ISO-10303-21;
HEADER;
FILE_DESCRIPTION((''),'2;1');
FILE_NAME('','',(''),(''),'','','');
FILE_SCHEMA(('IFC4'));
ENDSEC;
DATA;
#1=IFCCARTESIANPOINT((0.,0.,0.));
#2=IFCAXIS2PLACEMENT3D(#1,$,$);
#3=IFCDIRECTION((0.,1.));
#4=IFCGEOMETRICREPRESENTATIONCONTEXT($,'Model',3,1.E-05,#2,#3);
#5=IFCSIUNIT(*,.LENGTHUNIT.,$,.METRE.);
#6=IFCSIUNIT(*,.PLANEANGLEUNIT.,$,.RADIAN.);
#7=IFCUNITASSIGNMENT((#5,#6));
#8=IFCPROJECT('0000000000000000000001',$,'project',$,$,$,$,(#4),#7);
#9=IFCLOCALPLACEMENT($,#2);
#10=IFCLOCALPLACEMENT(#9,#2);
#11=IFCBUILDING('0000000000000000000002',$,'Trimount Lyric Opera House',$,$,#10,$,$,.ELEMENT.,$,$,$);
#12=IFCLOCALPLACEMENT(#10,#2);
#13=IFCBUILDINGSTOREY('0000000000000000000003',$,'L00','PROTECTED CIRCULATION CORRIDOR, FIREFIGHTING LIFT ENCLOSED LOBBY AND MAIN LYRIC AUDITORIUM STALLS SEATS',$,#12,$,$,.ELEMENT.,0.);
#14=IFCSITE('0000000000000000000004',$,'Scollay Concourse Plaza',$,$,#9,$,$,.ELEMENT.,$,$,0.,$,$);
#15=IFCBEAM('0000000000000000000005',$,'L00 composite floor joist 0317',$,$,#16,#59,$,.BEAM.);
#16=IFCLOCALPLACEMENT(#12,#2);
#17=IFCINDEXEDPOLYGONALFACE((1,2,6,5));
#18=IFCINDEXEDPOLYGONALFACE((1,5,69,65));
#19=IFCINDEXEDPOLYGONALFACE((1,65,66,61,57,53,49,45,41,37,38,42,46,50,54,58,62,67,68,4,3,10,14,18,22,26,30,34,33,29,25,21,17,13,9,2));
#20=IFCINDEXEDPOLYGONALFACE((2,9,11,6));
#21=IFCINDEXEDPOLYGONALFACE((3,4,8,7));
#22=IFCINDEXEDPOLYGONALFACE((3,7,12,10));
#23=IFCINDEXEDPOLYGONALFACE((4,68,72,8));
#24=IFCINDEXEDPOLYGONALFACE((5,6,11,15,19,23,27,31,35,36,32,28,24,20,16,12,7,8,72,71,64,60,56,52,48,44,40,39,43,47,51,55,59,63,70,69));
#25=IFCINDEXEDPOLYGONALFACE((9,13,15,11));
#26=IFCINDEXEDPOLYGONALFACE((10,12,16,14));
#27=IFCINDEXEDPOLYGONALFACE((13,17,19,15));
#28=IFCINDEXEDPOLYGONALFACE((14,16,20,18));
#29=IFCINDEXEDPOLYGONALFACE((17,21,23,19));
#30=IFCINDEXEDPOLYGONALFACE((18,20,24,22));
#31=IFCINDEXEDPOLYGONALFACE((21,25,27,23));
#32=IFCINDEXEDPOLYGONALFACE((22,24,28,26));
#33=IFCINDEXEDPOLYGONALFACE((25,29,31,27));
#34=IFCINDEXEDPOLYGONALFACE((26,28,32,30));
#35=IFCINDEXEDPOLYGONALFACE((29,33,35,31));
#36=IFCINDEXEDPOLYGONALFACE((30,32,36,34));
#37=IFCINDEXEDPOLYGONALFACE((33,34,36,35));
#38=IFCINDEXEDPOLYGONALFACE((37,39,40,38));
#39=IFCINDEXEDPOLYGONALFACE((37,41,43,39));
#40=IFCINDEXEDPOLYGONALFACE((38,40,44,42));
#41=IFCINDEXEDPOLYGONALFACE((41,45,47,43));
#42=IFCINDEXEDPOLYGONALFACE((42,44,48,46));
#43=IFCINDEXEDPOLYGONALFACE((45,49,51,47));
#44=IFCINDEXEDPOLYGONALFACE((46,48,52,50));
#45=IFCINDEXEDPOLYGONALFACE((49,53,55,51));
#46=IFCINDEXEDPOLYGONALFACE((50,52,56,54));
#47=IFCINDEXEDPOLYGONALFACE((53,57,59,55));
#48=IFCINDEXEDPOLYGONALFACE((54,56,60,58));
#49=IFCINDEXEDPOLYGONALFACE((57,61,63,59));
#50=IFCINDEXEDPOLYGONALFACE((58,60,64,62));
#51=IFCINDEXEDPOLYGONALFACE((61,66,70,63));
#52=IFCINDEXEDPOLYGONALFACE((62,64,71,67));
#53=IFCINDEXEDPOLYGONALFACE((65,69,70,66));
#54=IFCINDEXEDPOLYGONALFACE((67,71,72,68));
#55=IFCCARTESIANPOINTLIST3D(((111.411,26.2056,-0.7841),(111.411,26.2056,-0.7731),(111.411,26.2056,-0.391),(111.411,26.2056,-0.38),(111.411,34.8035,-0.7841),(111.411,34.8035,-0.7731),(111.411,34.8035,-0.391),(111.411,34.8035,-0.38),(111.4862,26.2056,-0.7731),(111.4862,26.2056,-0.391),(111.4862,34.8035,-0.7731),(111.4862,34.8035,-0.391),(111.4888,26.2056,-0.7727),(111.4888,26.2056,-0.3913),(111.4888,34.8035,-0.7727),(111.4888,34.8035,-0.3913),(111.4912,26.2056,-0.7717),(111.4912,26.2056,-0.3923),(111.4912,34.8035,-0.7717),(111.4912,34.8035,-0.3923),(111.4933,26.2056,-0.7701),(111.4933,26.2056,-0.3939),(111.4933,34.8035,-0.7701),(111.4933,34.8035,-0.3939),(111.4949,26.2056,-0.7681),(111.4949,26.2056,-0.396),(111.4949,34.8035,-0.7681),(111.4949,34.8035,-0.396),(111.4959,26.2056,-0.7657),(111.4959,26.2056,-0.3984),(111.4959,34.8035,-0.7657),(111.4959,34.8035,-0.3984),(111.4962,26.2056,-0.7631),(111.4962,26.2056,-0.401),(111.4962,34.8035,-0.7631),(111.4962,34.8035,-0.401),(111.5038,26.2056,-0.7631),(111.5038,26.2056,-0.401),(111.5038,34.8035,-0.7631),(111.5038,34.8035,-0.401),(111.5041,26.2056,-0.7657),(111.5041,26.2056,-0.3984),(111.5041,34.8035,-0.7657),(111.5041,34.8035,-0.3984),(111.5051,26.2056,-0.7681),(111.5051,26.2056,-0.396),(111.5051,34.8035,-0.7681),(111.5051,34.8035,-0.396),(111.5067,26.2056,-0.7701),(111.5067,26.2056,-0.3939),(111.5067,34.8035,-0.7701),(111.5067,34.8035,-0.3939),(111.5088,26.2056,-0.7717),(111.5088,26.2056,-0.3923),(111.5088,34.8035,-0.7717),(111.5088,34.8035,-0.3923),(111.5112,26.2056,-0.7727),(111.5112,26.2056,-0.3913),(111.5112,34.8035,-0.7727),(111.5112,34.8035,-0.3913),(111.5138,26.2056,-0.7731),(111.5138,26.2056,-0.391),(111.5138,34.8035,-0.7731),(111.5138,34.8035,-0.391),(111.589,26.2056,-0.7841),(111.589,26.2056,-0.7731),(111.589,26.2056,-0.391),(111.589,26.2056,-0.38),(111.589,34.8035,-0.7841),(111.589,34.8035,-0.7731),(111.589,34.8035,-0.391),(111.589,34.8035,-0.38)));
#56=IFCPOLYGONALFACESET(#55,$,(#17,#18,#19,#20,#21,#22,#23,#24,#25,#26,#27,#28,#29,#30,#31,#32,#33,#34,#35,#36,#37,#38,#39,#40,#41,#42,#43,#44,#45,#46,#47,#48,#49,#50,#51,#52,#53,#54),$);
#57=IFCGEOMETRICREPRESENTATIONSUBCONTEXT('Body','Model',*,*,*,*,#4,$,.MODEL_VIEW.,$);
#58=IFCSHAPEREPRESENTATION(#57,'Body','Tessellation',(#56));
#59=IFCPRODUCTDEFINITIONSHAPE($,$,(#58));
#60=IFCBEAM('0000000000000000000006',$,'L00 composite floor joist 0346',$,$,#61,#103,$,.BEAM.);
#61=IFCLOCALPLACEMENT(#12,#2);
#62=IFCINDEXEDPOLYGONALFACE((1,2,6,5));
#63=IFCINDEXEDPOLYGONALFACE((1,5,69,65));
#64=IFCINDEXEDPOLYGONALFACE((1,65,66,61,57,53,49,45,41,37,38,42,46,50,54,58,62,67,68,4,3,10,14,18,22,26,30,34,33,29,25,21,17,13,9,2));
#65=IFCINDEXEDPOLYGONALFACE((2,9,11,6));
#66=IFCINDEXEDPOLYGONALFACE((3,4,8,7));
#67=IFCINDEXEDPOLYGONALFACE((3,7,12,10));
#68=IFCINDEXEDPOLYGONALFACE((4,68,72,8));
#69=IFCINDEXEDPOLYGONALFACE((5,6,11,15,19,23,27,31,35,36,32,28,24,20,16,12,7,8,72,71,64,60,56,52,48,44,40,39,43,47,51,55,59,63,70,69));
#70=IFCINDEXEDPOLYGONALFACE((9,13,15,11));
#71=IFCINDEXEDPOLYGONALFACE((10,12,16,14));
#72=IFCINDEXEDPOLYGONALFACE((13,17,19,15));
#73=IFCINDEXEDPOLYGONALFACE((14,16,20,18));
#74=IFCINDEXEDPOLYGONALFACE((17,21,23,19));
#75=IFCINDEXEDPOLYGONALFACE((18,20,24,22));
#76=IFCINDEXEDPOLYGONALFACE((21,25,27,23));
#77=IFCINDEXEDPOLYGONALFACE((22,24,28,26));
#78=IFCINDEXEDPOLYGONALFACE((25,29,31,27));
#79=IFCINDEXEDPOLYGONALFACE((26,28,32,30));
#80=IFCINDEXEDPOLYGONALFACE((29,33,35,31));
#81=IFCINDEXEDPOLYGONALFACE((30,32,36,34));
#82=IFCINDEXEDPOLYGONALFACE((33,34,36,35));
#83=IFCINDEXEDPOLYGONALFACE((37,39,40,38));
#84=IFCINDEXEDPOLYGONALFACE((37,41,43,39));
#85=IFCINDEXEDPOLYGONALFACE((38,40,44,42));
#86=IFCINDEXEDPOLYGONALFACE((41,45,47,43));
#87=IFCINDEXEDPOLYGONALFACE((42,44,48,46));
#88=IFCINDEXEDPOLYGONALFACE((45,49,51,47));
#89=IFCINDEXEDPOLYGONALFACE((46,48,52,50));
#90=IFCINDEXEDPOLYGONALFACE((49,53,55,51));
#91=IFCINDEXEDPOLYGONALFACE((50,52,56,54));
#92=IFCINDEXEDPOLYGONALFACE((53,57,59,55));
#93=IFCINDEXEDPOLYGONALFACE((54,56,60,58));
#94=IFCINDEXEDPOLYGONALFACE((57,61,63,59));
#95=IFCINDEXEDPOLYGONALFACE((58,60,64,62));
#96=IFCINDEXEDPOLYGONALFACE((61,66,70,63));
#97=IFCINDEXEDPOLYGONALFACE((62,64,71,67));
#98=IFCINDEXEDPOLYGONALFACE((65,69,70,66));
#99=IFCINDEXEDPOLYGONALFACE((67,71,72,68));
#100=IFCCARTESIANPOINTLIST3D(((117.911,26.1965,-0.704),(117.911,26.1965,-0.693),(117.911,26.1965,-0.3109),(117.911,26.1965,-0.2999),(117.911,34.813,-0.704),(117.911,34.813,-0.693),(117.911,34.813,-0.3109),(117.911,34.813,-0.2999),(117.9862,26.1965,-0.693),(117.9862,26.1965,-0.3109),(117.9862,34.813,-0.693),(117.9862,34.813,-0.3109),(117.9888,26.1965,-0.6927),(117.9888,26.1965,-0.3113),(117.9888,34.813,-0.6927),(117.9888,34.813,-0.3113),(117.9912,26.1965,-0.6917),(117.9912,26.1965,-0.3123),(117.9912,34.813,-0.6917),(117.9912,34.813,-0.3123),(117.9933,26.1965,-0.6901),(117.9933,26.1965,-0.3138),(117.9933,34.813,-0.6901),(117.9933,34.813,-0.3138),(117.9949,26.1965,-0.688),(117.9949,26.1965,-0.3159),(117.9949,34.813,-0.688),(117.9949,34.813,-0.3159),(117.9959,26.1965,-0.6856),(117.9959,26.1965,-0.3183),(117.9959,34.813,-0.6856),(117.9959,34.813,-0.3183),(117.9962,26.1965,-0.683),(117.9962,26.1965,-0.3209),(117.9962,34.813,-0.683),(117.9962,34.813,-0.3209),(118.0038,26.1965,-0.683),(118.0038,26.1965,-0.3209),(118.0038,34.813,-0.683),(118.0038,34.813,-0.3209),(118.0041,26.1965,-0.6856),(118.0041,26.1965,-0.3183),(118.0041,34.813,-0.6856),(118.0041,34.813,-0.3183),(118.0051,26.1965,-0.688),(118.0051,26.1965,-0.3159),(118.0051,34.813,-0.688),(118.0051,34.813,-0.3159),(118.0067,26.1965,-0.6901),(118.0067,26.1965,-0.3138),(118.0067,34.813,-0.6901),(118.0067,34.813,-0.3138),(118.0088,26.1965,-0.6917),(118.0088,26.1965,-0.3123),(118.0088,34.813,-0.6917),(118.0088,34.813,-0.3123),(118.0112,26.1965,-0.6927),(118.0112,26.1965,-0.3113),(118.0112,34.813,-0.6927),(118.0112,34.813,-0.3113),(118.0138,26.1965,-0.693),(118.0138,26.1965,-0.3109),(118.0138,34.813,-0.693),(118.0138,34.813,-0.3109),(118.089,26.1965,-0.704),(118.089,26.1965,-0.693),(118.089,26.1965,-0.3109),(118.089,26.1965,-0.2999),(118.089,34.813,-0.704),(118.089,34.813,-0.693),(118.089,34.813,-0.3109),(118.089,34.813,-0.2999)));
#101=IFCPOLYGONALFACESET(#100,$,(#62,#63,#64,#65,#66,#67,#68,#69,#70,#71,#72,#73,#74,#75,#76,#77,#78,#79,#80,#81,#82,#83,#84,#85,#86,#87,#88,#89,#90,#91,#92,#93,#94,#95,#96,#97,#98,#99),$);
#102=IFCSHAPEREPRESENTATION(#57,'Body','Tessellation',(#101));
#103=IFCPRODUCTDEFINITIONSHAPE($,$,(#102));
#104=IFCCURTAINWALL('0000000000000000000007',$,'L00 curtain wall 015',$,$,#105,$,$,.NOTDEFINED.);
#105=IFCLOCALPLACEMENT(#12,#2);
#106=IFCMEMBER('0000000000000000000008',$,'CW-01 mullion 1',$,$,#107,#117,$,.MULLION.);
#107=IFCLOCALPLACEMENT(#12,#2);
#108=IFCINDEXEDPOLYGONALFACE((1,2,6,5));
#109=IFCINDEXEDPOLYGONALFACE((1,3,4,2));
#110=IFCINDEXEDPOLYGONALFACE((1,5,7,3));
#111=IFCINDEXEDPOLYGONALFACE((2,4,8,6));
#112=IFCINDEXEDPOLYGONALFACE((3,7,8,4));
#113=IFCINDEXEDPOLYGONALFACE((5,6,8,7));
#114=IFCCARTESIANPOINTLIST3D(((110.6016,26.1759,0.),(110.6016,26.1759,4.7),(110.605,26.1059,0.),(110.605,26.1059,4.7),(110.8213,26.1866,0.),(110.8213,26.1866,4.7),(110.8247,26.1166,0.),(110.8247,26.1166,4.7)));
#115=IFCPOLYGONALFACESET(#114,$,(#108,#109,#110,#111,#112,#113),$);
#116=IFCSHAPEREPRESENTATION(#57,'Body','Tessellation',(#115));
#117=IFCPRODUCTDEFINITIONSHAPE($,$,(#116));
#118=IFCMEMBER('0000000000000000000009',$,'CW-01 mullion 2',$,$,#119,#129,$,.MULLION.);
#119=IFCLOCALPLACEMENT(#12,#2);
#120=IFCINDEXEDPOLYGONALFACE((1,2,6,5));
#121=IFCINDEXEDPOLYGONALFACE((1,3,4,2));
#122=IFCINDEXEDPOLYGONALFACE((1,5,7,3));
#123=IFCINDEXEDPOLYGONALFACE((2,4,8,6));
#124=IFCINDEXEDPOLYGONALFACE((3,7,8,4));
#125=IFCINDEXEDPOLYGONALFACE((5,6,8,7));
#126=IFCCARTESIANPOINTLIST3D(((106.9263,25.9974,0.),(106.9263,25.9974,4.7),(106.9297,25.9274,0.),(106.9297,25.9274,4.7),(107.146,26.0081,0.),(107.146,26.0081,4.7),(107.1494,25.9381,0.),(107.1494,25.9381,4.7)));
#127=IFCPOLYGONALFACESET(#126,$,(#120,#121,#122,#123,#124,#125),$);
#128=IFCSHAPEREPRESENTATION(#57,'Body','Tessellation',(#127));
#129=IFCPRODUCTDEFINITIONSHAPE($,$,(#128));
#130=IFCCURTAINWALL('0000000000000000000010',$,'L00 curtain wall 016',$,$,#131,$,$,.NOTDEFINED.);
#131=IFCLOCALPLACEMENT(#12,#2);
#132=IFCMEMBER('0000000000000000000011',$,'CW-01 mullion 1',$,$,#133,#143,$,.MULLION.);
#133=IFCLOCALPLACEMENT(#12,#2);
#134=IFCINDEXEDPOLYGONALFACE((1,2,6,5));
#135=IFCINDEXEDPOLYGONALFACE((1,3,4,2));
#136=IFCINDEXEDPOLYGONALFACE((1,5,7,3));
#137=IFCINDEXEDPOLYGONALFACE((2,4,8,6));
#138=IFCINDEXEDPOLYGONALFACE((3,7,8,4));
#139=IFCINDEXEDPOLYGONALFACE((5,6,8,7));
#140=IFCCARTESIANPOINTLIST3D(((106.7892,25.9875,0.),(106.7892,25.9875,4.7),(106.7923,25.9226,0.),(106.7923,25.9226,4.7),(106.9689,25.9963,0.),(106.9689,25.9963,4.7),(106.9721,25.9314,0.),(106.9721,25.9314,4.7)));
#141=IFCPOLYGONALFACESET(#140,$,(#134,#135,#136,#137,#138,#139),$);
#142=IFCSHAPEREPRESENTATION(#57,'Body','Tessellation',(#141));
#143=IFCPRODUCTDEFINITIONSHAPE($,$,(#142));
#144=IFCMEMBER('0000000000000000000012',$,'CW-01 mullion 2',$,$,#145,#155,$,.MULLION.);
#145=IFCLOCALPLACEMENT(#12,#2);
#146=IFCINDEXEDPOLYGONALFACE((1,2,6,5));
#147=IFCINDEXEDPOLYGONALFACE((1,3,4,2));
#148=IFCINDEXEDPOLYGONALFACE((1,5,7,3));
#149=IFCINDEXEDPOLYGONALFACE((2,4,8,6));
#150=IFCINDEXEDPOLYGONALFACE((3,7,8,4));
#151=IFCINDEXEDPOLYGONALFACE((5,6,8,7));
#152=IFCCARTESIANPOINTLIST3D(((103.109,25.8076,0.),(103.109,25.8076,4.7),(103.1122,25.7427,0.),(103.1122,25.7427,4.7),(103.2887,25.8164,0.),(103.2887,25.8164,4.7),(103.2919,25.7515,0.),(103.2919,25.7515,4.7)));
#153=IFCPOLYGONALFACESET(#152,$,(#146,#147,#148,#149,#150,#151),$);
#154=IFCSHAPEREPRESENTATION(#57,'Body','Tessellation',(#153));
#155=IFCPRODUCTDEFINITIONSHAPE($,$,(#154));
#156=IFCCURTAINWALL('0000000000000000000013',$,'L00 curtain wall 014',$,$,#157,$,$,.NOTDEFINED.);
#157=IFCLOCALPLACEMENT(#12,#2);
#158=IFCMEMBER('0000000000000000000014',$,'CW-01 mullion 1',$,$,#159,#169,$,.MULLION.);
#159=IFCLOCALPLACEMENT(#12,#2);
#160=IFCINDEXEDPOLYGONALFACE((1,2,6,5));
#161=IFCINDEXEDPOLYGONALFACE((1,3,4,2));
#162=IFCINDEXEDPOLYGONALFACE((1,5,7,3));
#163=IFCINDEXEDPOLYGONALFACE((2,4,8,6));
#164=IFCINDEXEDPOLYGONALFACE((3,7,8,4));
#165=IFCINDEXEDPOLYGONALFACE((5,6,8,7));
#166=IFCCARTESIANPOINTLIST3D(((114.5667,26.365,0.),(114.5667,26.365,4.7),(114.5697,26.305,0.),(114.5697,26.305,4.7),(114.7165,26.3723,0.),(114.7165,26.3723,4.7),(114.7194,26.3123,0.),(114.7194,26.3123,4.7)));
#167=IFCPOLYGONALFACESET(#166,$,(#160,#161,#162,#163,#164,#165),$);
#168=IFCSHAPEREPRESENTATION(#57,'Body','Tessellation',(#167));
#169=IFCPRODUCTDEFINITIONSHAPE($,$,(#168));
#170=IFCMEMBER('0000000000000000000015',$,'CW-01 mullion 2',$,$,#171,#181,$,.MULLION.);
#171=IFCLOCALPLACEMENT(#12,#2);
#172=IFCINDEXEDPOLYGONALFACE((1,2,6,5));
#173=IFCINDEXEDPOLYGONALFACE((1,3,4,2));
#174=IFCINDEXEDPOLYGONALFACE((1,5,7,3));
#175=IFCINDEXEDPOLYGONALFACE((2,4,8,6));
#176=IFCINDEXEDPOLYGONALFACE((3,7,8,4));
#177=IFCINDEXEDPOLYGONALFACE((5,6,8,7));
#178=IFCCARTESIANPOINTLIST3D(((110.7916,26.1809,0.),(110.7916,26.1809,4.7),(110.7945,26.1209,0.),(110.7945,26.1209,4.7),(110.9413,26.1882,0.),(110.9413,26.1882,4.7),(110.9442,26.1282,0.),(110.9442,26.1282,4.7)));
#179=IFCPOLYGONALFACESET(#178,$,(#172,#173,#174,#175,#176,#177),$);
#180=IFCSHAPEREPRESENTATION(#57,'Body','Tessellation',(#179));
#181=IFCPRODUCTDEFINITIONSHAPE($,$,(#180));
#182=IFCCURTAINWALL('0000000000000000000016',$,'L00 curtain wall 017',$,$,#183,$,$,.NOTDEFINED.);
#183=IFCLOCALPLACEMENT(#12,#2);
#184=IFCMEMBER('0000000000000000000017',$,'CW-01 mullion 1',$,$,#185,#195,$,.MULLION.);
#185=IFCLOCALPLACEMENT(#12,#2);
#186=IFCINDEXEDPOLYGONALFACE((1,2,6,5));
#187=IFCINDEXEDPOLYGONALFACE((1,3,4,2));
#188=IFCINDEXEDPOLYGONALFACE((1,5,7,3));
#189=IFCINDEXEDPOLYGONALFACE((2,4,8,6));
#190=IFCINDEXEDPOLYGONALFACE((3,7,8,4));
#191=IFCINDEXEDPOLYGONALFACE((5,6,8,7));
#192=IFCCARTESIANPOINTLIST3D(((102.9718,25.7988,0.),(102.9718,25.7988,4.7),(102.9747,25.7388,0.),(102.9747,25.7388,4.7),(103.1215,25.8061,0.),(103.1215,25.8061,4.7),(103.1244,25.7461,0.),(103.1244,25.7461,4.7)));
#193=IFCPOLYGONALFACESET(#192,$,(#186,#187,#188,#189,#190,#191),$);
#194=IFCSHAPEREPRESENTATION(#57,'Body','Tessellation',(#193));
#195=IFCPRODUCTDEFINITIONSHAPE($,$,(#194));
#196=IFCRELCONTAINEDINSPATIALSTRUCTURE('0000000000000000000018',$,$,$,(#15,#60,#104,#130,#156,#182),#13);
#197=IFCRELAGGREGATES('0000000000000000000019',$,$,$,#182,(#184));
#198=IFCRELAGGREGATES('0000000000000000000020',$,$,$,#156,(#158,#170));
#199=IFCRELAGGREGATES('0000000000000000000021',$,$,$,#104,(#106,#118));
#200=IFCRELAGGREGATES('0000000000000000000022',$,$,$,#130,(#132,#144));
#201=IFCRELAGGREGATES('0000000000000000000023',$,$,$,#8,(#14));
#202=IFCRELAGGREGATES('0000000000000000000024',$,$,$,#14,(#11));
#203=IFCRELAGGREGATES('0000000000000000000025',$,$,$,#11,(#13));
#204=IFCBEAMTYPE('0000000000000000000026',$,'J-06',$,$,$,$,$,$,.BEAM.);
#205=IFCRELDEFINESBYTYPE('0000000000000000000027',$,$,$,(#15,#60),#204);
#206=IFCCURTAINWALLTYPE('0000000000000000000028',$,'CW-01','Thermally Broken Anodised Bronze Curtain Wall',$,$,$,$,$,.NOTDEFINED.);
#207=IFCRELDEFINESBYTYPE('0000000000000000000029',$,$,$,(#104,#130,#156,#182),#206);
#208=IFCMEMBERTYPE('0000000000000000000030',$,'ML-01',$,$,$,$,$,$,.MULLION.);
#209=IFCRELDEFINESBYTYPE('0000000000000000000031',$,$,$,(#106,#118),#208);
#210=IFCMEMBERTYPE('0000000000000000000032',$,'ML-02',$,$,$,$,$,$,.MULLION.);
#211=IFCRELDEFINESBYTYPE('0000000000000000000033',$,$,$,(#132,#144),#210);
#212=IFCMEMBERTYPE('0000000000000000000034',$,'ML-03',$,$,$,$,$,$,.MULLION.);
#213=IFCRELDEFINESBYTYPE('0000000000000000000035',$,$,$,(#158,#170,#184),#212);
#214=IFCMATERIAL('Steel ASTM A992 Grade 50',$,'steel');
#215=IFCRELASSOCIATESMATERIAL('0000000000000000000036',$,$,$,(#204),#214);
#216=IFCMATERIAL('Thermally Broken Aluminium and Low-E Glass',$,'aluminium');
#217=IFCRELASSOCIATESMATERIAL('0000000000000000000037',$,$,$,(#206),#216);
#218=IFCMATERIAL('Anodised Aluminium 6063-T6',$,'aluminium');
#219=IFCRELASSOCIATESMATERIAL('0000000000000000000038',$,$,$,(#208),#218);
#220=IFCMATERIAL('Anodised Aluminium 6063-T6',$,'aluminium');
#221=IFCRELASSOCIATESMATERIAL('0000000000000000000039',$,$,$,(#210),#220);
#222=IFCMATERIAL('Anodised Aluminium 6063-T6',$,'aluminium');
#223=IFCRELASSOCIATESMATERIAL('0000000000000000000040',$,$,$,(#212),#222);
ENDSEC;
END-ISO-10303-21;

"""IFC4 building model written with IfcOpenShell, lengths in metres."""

from ifc_helpers import new_model, si_unit, direction, frame, origin, origin_2d, place, context, subcontext, project, spatial, rectangle, i_section, extrude, material, material_profile, profile_set, type_object, element, aggregate, save


model = new_model("IFC4")

# Units and contexts
model_context = context("Model", 3, precision=1e-05, world=origin(), true_north=direction((0.0, 1.0)))
body_context = subcontext(model_context, "Body", "Model", "MODEL_VIEW")
ifc_project = project(units=[si_unit("LENGTHUNIT", "METRE"), si_unit("PLANEANGLEUNIT", "RADIAN")], contexts=[model_context])

# Site, building, storey
site_placement = place(None, origin())
site = spatial("IfcSite", under=ifc_project, at=site_placement, Name="Scollay Concourse Plaza", CompositionType="ELEMENT", RefElevation=0.0)
building_placement = place(site_placement, origin())
building = spatial("IfcBuilding", under=site, at=building_placement, Name="Trimount Lyric Opera House", CompositionType="ELEMENT")
storey_placement = place(building_placement, origin())
storey = spatial("IfcBuildingStorey", under=building, at=storey_placement, Name="L00", Description="PROTECTED CIRCULATION CORRIDOR, FIREFIGHTING LIFT ENCLOSED LOBBY AND MAIN LYRIC AUDITORIUM STALLS SEATS", CompositionType="ELEMENT", Elevation=0.0)

# Beams
ifc_material_1 = material(Name="Steel ASTM A992 Grade 50", Category="steel")
ifc_material_profile_1 = material_profile(ifc_material_1, i_section(OverallWidth=0.178, OverallDepth=0.4041, WebThickness=0.0076, FlangeThickness=0.011, FilletRadius=0.01, at=origin_2d()), Name="W16X36")
ifc_profile_set_1 = profile_set([ifc_material_profile_1], Name="Steel ASTM A992 Grade 50")
beam_type_1 = type_object("IfcBeamType", Name="J-06", PredefinedType="BEAM", material=ifc_profile_set_1)
beam_1_placement = place(storey_placement, frame((111.5, 26.2056, -0.582), z_axis=(0.0, 1.0, 0.0), x_axis=(-1.0, 0.0, 0.0)))
element("IfcBeam", 1, at=beam_1_placement, inside=storey, type_object=beam_type_1, Name="L00 composite floor joist 0317", PredefinedType="BEAM", context=body_context, shape_type="SweptSolid", body=[
    extrude(i_section(OverallWidth=0.178, OverallDepth=0.4041, WebThickness=0.0076, FlangeThickness=0.011, FilletRadius=0.01, at=origin_2d()), origin(), (0.0, 0.0, 1.0), 8.5979),
])
beam_2_placement = place(storey_placement, frame((118.0, 26.1965, -0.502), z_axis=(0.0, 1.0, 0.0), x_axis=(-1.0, 0.0, 0.0)))
element("IfcBeam", 2, at=beam_2_placement, inside=storey, type_object=beam_type_1, Name="L00 composite floor joist 0346", PredefinedType="BEAM", context=body_context, shape_type="SweptSolid", body=[
    extrude(i_section(OverallWidth=0.178, OverallDepth=0.4041, WebThickness=0.0076, FlangeThickness=0.011, FilletRadius=0.01, at=origin_2d()), origin(), (0.0, 0.0, 1.0), 8.6165),
])

# Curtain walls, members
ifc_material_2 = material(Name="Thermally Broken Aluminium and Low-E Glass", Category="aluminium")
curtain_wall_type = type_object("IfcCurtainWallType", Name="CW-01", Description="Thermally Broken Anodised Bronze Curtain Wall", PredefinedType="NOTDEFINED", material=ifc_material_2)
curtain_wall_1_placement = place(storey_placement, origin())
curtain_wall_1 = element("IfcCurtainWall", 3, at=curtain_wall_1_placement, inside=storey, type_object=curtain_wall_type, Name="L00 curtain wall 015", PredefinedType="NOTDEFINED")
ifc_material_3 = material(Name="Anodised Aluminium 6063-T6", Category="aluminium")
ifc_material_profile_2 = material_profile(ifc_material_3, rectangle(XDim=0.0701, YDim=0.22, at=origin_2d()), Name="ALU-MULL-70X220")
ifc_profile_set_2 = profile_set([ifc_material_profile_2], Name="Anodised Aluminium 6063-T6")
member_type_1 = type_object("IfcMemberType", Name="ML-01", PredefinedType="MULLION", material=ifc_profile_set_2)
member_1_placement = place(storey_placement, frame((110.7131, 26.1462, 0.0), z_axis=(0.0, 0.0, 1.0), x_axis=(0.048541, -0.998821, 0.0)))
member_1 = element("IfcMember", 4, at=member_1_placement, type_object=member_type_1, Name="CW-01 mullion 1", PredefinedType="MULLION", context=body_context, shape_type="SweptSolid", body=[
    extrude(rectangle(XDim=0.0701, YDim=0.22, at=origin_2d()), origin(), (0.0, 0.0, 1.0), 4.7),
])
member_2_placement = place(storey_placement, frame((107.0378, 25.9678, 0.0), z_axis=(0.0, 0.0, 1.0), x_axis=(0.048541, -0.998821, 0.0)))
member_2 = element("IfcMember", 5, at=member_2_placement, type_object=member_type_1, Name="CW-01 mullion 2", PredefinedType="MULLION", context=body_context, shape_type="SweptSolid", body=[
    extrude(rectangle(XDim=0.0701, YDim=0.22, at=origin_2d()), origin(), (0.0, 0.0, 1.0), 4.7),
])
curtain_wall_2_placement = place(storey_placement, origin())
curtain_wall_2 = element("IfcCurtainWall", 6, at=curtain_wall_2_placement, inside=storey, type_object=curtain_wall_type, Name="L00 curtain wall 016", PredefinedType="NOTDEFINED")
ifc_material_4 = material(Name="Anodised Aluminium 6063-T6", Category="aluminium")
ifc_material_profile_3 = material_profile(ifc_material_4, rectangle(XDim=0.0649, YDim=0.1799, at=origin_2d()), Name="ALU-MULL-65X180")
ifc_profile_set_3 = profile_set([ifc_material_profile_3], Name="Anodised Aluminium 6063-T6")
member_type_2 = type_object("IfcMemberType", Name="ML-02", PredefinedType="MULLION", material=ifc_profile_set_3)
member_3_placement = place(storey_placement, frame((106.8806, 25.9595, 0.0), z_axis=(0.0, 0.0, 1.0), x_axis=(0.048807, -0.998808, 0.0)))
member_3 = element("IfcMember", 7, at=member_3_placement, type_object=member_type_2, Name="CW-01 mullion 1", PredefinedType="MULLION", context=body_context, shape_type="SweptSolid", body=[
    extrude(rectangle(XDim=0.0649, YDim=0.1799, at=origin_2d()), origin(), (0.0, 0.0, 1.0), 4.7),
])
member_4_placement = place(storey_placement, frame((103.2004, 25.7795, 0.0), z_axis=(0.0, 0.0, 1.0), x_axis=(0.048807, -0.998808, 0.0)))
member_4 = element("IfcMember", 8, at=member_4_placement, type_object=member_type_2, Name="CW-01 mullion 2", PredefinedType="MULLION", context=body_context, shape_type="SweptSolid", body=[
    extrude(rectangle(XDim=0.0649, YDim=0.1799, at=origin_2d()), origin(), (0.0, 0.0, 1.0), 4.7),
])
curtain_wall_3_placement = place(storey_placement, origin())
curtain_wall_3 = element("IfcCurtainWall", 9, at=curtain_wall_3_placement, inside=storey, type_object=curtain_wall_type, Name="L00 curtain wall 014", PredefinedType="NOTDEFINED")
ifc_material_5 = material(Name="Anodised Aluminium 6063-T6", Category="aluminium")
ifc_material_profile_4 = material_profile(ifc_material_5, rectangle(XDim=0.0601, YDim=0.1499, at=origin_2d()), Name="ALU-MULL-60X150")
ifc_profile_set_4 = profile_set([ifc_material_profile_4], Name="Anodised Aluminium 6063-T6")
member_type_3 = type_object("IfcMemberType", Name="ML-03", PredefinedType="MULLION", material=ifc_profile_set_4)
member_5_placement = place(storey_placement, frame((114.6431, 26.3386, 0.0), z_axis=(0.0, 0.0, 1.0), x_axis=(0.048704, -0.998813, 0.0)))
member_5 = element("IfcMember", 10, at=member_5_placement, type_object=member_type_3, Name="CW-01 mullion 1", PredefinedType="MULLION", context=body_context, shape_type="SweptSolid", body=[
    extrude(rectangle(XDim=0.0601, YDim=0.1499, at=origin_2d()), origin(), (0.0, 0.0, 1.0), 4.7),
])
member_6_placement = place(storey_placement, frame((110.8679, 26.1545, 0.0), z_axis=(0.0, 0.0, 1.0), x_axis=(0.048704, -0.998813, 0.0)))
member_6 = element("IfcMember", 11, at=member_6_placement, type_object=member_type_3, Name="CW-01 mullion 2", PredefinedType="MULLION", context=body_context, shape_type="SweptSolid", body=[
    extrude(rectangle(XDim=0.0601, YDim=0.1499, at=origin_2d()), origin(), (0.0, 0.0, 1.0), 4.7),
])

# Curtain wall, member
curtain_wall_4_placement = place(storey_placement, origin())
curtain_wall_4 = element("IfcCurtainWall", 12, at=curtain_wall_4_placement, inside=storey, type_object=curtain_wall_type, Name="L00 curtain wall 017", PredefinedType="NOTDEFINED")
member_7_placement = place(storey_placement, frame((103.0481, 25.7725, 0.0), z_axis=(0.0, 0.0, 1.0), x_axis=(0.048807, -0.998808, 0.0)))
member_7 = element("IfcMember", 13, at=member_7_placement, type_object=member_type_3, Name="CW-01 mullion 1", PredefinedType="MULLION", context=body_context, shape_type="SweptSolid", body=[
    extrude(rectangle(XDim=0.0601, YDim=0.1499, at=origin_2d()), origin(), (0.0, 0.0, 1.0), 4.7),
])

aggregate(curtain_wall_4, [member_7])

aggregate(curtain_wall_3, [member_5, member_6])
aggregate(curtain_wall_1, [member_1, member_2])
aggregate(curtain_wall_2, [member_3, member_4])

save(model, "model.ifc")
